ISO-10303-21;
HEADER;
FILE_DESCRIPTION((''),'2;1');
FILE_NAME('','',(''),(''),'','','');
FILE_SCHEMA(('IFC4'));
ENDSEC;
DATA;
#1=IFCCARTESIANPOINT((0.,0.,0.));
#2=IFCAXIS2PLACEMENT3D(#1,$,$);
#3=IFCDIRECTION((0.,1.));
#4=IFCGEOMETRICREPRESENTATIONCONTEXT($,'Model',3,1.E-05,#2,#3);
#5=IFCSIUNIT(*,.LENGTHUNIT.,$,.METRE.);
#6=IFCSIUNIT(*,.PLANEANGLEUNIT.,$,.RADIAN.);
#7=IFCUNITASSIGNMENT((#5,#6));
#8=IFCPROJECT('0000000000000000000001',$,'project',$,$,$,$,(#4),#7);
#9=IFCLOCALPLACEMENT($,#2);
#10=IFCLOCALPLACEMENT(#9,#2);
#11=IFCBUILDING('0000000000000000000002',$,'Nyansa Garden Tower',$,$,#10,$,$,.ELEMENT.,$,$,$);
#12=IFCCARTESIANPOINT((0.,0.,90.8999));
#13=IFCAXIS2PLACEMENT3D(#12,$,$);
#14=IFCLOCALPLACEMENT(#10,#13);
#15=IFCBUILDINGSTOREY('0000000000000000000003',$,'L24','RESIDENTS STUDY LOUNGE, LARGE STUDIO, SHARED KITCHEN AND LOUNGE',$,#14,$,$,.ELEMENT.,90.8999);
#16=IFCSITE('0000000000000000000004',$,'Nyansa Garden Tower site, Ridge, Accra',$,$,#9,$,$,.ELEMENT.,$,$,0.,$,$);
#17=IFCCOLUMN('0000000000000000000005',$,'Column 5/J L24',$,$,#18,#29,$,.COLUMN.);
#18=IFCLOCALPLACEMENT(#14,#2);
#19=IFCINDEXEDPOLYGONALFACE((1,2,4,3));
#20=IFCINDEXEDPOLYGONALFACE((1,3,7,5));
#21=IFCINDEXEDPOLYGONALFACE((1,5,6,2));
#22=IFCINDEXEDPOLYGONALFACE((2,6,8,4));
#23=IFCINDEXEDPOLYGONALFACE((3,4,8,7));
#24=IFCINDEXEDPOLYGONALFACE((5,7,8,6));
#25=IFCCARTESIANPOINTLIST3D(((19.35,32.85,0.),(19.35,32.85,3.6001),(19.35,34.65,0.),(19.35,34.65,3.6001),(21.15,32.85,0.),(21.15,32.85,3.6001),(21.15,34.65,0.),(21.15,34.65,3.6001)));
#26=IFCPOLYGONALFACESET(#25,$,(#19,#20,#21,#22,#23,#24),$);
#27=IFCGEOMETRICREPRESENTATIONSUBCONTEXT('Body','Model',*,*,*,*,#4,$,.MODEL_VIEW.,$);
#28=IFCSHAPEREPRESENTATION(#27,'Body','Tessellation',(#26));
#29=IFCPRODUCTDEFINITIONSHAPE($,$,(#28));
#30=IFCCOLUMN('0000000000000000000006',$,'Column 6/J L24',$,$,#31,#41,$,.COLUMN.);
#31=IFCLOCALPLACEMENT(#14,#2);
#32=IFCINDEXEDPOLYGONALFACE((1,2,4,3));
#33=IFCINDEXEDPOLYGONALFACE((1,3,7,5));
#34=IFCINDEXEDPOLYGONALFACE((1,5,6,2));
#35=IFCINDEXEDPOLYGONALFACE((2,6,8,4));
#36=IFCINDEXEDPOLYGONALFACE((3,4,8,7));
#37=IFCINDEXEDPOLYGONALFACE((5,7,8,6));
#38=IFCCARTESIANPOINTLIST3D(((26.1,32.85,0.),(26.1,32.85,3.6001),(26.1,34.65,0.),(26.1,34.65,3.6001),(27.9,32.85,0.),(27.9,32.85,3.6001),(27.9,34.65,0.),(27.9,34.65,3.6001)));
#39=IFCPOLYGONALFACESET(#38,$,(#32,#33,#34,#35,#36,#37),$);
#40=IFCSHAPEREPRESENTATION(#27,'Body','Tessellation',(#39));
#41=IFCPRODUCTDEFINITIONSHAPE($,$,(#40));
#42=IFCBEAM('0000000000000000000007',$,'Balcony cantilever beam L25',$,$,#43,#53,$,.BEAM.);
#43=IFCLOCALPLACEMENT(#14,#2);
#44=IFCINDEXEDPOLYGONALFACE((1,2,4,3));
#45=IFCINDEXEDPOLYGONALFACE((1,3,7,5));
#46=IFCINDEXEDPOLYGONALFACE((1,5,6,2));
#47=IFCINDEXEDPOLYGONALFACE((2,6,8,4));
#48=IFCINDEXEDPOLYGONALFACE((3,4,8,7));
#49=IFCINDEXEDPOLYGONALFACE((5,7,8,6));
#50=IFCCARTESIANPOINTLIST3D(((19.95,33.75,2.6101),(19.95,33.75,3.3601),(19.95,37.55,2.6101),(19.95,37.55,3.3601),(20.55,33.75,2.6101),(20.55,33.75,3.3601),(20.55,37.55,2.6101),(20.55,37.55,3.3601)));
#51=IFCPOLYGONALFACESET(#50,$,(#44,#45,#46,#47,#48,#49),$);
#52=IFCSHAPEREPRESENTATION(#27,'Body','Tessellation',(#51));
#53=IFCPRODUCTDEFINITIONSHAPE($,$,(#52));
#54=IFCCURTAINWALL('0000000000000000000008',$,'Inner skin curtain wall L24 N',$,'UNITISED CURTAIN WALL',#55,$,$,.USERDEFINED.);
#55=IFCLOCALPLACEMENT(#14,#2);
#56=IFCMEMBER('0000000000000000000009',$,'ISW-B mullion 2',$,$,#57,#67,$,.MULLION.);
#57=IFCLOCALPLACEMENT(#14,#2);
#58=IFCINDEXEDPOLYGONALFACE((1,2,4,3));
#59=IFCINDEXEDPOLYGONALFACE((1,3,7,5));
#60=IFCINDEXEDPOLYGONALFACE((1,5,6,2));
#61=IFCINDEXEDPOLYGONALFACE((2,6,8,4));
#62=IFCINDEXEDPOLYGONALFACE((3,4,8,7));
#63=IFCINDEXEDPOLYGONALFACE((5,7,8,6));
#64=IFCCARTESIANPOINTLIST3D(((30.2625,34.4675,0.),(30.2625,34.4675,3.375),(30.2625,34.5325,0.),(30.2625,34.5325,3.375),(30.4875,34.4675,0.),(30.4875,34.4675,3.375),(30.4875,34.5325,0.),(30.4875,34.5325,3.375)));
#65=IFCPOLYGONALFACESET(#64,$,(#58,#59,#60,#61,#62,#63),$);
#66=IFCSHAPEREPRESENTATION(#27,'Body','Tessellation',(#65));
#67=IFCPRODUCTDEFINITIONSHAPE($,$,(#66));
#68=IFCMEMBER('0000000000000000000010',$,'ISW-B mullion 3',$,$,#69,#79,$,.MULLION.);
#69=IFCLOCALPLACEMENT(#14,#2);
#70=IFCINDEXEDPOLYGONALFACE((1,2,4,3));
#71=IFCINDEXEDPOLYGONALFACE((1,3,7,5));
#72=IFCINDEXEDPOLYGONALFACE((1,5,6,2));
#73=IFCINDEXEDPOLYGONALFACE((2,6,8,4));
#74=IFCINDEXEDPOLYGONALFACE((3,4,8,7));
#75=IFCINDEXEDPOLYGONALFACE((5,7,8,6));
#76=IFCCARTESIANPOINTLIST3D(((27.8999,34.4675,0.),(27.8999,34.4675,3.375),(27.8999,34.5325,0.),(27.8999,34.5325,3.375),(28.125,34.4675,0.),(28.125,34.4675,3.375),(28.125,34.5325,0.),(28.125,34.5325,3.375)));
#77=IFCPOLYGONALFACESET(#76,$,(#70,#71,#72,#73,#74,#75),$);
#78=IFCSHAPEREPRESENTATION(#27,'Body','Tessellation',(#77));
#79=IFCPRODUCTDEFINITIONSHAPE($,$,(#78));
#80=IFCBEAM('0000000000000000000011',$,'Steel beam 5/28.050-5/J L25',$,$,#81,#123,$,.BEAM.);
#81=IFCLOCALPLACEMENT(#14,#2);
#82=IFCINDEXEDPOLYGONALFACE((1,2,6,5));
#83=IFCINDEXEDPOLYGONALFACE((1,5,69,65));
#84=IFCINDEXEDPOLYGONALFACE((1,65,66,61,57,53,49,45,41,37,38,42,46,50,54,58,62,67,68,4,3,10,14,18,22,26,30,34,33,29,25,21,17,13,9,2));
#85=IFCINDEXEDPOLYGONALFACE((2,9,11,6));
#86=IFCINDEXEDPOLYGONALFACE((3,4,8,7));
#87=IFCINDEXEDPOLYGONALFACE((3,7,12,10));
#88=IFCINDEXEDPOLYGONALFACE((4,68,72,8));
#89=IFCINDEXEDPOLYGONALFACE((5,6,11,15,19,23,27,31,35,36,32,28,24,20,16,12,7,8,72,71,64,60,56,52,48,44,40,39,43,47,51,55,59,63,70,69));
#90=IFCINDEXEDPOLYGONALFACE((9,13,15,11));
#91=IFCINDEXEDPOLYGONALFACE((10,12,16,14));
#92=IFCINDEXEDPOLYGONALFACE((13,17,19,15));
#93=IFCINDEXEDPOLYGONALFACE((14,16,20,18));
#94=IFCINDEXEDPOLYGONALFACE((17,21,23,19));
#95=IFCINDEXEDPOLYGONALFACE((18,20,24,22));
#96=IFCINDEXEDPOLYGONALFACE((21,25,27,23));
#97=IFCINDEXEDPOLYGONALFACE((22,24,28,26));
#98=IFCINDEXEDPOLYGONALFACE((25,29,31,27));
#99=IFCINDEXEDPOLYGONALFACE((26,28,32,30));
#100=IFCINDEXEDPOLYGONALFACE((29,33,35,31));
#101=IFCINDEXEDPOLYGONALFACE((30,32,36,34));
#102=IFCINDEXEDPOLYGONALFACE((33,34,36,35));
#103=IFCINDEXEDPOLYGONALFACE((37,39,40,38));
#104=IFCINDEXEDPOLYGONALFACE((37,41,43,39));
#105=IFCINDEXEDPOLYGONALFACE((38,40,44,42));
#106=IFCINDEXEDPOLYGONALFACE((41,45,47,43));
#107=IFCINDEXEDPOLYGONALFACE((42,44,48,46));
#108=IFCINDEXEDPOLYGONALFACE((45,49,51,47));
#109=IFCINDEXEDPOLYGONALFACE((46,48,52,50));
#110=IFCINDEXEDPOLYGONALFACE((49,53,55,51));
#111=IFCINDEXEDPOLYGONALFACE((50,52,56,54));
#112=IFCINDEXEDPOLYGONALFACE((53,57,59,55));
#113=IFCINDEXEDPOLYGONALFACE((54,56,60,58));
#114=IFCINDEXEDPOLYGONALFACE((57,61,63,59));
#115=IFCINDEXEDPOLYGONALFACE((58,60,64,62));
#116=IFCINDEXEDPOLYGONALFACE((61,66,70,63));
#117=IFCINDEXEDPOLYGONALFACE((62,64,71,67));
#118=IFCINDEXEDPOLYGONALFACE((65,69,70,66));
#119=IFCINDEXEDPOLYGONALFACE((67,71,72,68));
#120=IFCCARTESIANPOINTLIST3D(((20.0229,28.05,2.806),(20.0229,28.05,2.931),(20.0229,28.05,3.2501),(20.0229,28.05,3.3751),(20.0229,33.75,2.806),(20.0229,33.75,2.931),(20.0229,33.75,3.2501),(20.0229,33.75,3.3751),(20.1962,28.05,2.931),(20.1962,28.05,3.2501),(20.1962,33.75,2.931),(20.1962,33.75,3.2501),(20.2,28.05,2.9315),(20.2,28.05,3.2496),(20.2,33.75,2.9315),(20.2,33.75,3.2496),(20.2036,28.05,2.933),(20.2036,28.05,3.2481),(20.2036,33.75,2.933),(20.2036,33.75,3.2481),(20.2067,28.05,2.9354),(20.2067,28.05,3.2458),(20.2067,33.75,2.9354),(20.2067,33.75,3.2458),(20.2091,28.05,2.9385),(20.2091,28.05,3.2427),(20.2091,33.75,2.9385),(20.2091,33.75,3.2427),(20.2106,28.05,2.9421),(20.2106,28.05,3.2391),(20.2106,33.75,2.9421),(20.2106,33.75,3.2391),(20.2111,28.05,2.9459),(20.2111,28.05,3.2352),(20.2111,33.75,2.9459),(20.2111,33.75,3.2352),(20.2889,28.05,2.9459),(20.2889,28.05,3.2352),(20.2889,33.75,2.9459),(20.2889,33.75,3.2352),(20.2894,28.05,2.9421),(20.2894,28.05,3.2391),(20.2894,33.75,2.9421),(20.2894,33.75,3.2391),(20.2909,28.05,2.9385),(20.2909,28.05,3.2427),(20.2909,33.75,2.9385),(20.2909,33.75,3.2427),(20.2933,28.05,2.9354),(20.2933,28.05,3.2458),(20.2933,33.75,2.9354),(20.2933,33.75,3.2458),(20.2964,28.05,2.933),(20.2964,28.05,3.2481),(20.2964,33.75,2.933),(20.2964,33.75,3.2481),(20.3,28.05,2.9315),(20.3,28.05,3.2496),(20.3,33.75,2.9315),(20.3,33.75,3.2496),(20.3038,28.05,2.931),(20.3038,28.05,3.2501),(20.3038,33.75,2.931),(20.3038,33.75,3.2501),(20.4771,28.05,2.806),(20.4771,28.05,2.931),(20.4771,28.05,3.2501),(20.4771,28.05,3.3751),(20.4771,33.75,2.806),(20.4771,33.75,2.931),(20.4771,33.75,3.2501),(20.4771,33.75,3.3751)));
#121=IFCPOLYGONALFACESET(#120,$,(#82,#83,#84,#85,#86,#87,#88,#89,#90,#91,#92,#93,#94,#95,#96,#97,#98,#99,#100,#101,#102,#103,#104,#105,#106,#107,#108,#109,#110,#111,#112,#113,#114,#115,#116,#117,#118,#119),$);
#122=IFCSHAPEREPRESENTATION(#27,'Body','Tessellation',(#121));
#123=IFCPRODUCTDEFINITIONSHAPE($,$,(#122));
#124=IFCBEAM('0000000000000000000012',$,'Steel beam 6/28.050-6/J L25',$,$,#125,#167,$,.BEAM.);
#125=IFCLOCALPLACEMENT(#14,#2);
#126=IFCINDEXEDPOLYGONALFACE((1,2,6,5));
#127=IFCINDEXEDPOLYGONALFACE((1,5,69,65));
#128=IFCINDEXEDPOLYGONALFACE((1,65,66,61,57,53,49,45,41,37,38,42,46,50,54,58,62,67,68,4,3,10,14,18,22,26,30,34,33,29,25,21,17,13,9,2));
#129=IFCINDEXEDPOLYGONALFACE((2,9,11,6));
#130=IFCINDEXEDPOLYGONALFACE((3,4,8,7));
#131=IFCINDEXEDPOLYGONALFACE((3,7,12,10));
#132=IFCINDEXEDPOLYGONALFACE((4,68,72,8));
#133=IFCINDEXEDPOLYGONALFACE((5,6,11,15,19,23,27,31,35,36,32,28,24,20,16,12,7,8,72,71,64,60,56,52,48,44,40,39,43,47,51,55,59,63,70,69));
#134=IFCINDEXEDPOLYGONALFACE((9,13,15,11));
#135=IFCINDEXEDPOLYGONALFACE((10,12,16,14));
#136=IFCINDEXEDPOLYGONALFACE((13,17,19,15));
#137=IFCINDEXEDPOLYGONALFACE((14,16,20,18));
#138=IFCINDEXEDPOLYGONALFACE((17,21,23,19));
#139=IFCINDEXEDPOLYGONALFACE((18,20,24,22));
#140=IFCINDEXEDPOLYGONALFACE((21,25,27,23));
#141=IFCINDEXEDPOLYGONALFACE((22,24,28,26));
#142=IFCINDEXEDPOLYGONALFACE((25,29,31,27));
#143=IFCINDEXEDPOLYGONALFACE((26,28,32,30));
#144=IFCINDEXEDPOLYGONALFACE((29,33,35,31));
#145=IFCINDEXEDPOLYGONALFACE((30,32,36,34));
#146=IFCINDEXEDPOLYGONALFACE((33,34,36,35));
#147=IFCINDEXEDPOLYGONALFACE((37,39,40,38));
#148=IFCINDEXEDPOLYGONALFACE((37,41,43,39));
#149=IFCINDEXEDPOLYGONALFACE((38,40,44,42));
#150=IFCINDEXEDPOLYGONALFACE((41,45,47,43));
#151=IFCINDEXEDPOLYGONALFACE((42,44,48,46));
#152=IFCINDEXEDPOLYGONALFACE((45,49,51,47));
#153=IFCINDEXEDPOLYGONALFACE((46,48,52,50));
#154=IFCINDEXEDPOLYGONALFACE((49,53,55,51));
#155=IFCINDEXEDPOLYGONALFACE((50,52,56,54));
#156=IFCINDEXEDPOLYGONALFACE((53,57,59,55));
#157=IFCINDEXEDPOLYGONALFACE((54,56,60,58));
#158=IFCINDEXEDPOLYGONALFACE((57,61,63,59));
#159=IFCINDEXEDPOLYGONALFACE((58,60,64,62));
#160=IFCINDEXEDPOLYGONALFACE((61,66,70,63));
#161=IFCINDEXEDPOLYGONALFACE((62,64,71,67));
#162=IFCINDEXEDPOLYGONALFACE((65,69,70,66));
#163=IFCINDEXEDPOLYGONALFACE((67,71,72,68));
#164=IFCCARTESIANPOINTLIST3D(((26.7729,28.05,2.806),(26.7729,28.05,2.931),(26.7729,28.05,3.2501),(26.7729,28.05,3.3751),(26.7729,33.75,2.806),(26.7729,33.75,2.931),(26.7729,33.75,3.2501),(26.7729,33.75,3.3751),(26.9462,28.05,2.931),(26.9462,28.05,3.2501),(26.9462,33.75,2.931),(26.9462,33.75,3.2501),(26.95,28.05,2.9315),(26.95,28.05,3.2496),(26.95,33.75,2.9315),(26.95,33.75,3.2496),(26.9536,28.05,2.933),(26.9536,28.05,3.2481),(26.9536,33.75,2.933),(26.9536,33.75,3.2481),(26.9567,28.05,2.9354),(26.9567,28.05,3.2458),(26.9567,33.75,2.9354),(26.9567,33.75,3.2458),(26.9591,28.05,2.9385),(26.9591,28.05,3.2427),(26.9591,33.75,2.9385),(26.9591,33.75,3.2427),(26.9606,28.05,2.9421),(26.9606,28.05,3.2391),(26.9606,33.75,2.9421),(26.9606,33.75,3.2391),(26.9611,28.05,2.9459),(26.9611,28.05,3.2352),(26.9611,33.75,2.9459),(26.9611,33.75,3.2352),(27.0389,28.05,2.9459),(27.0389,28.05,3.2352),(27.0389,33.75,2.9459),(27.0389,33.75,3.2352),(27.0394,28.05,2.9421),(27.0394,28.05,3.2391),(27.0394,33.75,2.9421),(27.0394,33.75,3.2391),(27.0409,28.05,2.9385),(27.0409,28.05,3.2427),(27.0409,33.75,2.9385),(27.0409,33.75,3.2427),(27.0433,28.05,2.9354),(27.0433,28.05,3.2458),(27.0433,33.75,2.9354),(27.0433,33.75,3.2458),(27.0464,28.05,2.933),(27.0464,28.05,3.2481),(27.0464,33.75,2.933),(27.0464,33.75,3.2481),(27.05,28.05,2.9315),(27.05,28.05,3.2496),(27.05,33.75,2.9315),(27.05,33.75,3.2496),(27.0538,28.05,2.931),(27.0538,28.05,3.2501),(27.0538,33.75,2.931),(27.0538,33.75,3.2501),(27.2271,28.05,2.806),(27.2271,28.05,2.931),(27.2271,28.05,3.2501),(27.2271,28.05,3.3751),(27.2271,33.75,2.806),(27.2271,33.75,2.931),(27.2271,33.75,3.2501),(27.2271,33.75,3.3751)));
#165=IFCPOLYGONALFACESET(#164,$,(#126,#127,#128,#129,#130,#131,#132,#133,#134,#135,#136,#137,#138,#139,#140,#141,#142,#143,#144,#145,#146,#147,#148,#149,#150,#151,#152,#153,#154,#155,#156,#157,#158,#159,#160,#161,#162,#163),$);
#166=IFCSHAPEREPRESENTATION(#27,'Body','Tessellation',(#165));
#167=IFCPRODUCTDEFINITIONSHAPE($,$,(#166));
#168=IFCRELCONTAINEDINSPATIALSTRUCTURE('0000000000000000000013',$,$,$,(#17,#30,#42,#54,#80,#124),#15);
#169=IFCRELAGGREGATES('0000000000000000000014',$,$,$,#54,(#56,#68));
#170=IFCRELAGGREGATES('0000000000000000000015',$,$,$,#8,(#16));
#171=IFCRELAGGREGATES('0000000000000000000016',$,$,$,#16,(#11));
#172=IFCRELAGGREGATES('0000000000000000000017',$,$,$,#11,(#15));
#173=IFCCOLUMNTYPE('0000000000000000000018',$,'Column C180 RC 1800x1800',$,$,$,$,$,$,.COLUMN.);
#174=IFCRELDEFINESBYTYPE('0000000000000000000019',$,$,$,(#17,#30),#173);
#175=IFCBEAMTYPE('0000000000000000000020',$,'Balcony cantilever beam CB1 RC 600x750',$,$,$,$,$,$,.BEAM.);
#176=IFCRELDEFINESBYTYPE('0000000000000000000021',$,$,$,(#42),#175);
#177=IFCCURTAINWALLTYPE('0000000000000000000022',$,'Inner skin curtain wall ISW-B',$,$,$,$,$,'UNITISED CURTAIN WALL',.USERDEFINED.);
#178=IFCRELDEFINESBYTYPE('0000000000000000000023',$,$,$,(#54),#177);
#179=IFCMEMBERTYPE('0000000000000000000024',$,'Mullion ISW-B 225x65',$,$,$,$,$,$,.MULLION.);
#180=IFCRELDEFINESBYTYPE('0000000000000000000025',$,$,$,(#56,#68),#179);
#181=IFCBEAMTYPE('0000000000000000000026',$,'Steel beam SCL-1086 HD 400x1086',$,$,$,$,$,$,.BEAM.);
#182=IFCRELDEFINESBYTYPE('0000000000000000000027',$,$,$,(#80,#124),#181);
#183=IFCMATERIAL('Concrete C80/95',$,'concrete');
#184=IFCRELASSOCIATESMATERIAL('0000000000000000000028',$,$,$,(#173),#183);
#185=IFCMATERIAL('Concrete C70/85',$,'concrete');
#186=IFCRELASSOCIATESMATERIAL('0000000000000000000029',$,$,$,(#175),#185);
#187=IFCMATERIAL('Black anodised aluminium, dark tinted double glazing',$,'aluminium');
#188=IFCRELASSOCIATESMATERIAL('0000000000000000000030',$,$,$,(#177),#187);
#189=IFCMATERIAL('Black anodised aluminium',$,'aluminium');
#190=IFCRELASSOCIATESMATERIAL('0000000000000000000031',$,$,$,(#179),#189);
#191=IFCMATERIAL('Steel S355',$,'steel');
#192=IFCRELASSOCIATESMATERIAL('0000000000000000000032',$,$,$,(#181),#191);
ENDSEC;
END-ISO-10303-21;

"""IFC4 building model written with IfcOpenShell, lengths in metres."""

from ifc_helpers import new_model, si_unit, direction, frame, origin, origin_2d, place, context, subcontext, project, spatial, rectangle, i_section, extrude, material, material_profile, profile_set, type_object, element, aggregate, save


model = new_model("IFC4")

# Units and contexts
model_context = context("Model", 3, precision=1e-05, world=origin(), true_north=direction((0.0, 1.0)))
body_context = subcontext(model_context, "Body", "Model", "MODEL_VIEW")
ifc_project = project(units=[si_unit("LENGTHUNIT", "METRE"), si_unit("PLANEANGLEUNIT", "RADIAN")], contexts=[model_context])

# Site, building, storey
site_placement = place(None, origin())
site = spatial("IfcSite", under=ifc_project, at=site_placement, Name="Nyansa Garden Tower site, Ridge, Accra", CompositionType="ELEMENT", RefElevation=0.0)
building_placement = place(site_placement, origin())
building = spatial("IfcBuilding", under=site, at=building_placement, Name="Nyansa Garden Tower", CompositionType="ELEMENT")
storey_placement = place(building_placement, frame((0.0, 0.0, 90.8999)))
storey = spatial("IfcBuildingStorey", under=building, at=storey_placement, Name="L24", Description="RESIDENTS STUDY LOUNGE, LARGE STUDIO, SHARED KITCHEN AND LOUNGE", CompositionType="ELEMENT", Elevation=90.8999)

# Columns
ifc_material_1 = material(Name="Concrete C80/95", Category="concrete")
ifc_material_profile_1 = material_profile(ifc_material_1, rectangle(XDim=1.8, YDim=1.8, at=origin_2d()), Name="RC 1800x1800")
ifc_profile_set_1 = profile_set([ifc_material_profile_1], Name="Concrete C80/95")
column_type = type_object("IfcColumnType", Name="Column C180 RC 1800x1800", PredefinedType="COLUMN", material=ifc_profile_set_1)
for number, where, z_axis, x_axis, name in (
    (1, (20.25, 33.75, 0.0), (0.0, 0.0, 1.0), (1.0, 0.0, 0.0), "Column 5/J L24"),
    (2, (27.0, 33.75, 0.0), (0.0, 0.0, 1.0), (1.0, 0.0, 0.0), "Column 6/J L24"),
):
    element("IfcColumn", number, at=place(storey_placement, frame(where, z_axis=z_axis, x_axis=x_axis)), inside=storey, type_object=column_type, Name=name, PredefinedType="COLUMN", context=body_context, shape_type="SweptSolid", body=[
        extrude(rectangle(XDim=1.8, YDim=1.8, at=origin_2d()), origin(), (0.0, 0.0, 1.0), 3.6001),
    ])

# Beam
ifc_material_2 = material(Name="Concrete C70/85", Category="concrete")
ifc_material_profile_2 = material_profile(ifc_material_2, rectangle(XDim=0.6001, YDim=0.75, at=origin_2d()), Name="RC 600x750")
ifc_profile_set_2 = profile_set([ifc_material_profile_2], Name="Concrete C70/85")
beam_type_1 = type_object("IfcBeamType", Name="Balcony cantilever beam CB1 RC 600x750", PredefinedType="BEAM", material=ifc_profile_set_2)
beam_placement = place(storey_placement, frame((20.25, 33.75, 2.9851), z_axis=(0.0, 1.0, 0.0), x_axis=(-1.0, 0.0, 0.0)))
element("IfcBeam", 3, at=beam_placement, inside=storey, type_object=beam_type_1, Name="Balcony cantilever beam L25", PredefinedType="BEAM", context=body_context, shape_type="SweptSolid", body=[
    extrude(rectangle(XDim=0.6001, YDim=0.75, at=origin_2d()), origin(), (0.0, 0.0, 1.0), 3.8),
])

# Curtain wall, members
ifc_material_3 = material(Name="Black anodised aluminium, dark tinted double glazing", Category="aluminium")
curtain_wall_type = type_object("IfcCurtainWallType", Name="Inner skin curtain wall ISW-B", ElementType="UNITISED CURTAIN WALL", PredefinedType="USERDEFINED", material=ifc_material_3)
curtain_wall_placement = place(storey_placement, origin())
curtain_wall = element("IfcCurtainWall", 4, at=curtain_wall_placement, inside=storey, type_object=curtain_wall_type, Name="Inner skin curtain wall L24 N", ObjectType="UNITISED CURTAIN WALL", PredefinedType="USERDEFINED")
ifc_material_4 = material(Name="Black anodised aluminium", Category="aluminium")
ifc_material_profile_3 = material_profile(ifc_material_4, rectangle(XDim=0.0649, YDim=0.2251, at=origin_2d()), Name="Mullion 225x65")
ifc_profile_set_3 = profile_set([ifc_material_profile_3], Name="Black anodised aluminium")
member_type_1 = type_object("IfcMemberType", Name="Mullion ISW-B 225x65", PredefinedType="MULLION", material=ifc_profile_set_3)
member_1_placement = place(storey_placement, frame((30.375, 34.5, 0.0), z_axis=(0.0, 0.0, 1.0), x_axis=(0.0, -1.0, 0.0)))
member_1 = element("IfcMember", 5, at=member_1_placement, type_object=member_type_1, Name="ISW-B mullion 2", PredefinedType="MULLION", context=body_context, shape_type="SweptSolid", body=[
    extrude(rectangle(XDim=0.0649, YDim=0.2251, at=origin_2d()), origin(), (0.0, 0.0, 1.0), 3.375),
])
member_2_placement = place(storey_placement, frame((28.0125, 34.5, 0.0), z_axis=(0.0, 0.0, 1.0), x_axis=(0.0, -1.0, 0.0)))
member_2 = element("IfcMember", 6, at=member_2_placement, type_object=member_type_1, Name="ISW-B mullion 3", PredefinedType="MULLION", context=body_context, shape_type="SweptSolid", body=[
    extrude(rectangle(XDim=0.0649, YDim=0.2251, at=origin_2d()), origin(), (0.0, 0.0, 1.0), 3.375),
])

# Beams
ifc_material_5 = material(Name="Steel S355", Category="steel")
ifc_material_profile_4 = material_profile(ifc_material_5, i_section(OverallWidth=0.4541, OverallDepth=0.5691, WebThickness=0.0779, FlangeThickness=0.125, FilletRadius=0.0149, at=origin_2d()), Name="HD 400x1086")
ifc_profile_set_4 = profile_set([ifc_material_profile_4], Name="Steel S355")
beam_type_2 = type_object("IfcBeamType", Name="Steel beam SCL-1086 HD 400x1086", PredefinedType="BEAM", material=ifc_profile_set_4)
for number, where, z_axis, x_axis, name in (
    (7, (20.25, 28.05, 3.0906), (0.0, 1.0, 0.0), (-1.0, 0.0, 0.0), "Steel beam 5/28.050-5/J L25"),
    (8, (27.0, 28.05, 3.0906), (0.0, 1.0, 0.0), (-1.0, 0.0, 0.0), "Steel beam 6/28.050-6/J L25"),
):
    element("IfcBeam", number, at=place(storey_placement, frame(where, z_axis=z_axis, x_axis=x_axis)), inside=storey, type_object=beam_type_2, Name=name, PredefinedType="BEAM", context=body_context, shape_type="SweptSolid", body=[
        extrude(i_section(OverallWidth=0.4541, OverallDepth=0.5691, WebThickness=0.0779, FlangeThickness=0.125, FilletRadius=0.0149, at=origin_2d()), origin(), (0.0, 0.0, 1.0), 5.7),
    ])

aggregate(curtain_wall, [member_1, member_2])

save(model, "model.ifc")
